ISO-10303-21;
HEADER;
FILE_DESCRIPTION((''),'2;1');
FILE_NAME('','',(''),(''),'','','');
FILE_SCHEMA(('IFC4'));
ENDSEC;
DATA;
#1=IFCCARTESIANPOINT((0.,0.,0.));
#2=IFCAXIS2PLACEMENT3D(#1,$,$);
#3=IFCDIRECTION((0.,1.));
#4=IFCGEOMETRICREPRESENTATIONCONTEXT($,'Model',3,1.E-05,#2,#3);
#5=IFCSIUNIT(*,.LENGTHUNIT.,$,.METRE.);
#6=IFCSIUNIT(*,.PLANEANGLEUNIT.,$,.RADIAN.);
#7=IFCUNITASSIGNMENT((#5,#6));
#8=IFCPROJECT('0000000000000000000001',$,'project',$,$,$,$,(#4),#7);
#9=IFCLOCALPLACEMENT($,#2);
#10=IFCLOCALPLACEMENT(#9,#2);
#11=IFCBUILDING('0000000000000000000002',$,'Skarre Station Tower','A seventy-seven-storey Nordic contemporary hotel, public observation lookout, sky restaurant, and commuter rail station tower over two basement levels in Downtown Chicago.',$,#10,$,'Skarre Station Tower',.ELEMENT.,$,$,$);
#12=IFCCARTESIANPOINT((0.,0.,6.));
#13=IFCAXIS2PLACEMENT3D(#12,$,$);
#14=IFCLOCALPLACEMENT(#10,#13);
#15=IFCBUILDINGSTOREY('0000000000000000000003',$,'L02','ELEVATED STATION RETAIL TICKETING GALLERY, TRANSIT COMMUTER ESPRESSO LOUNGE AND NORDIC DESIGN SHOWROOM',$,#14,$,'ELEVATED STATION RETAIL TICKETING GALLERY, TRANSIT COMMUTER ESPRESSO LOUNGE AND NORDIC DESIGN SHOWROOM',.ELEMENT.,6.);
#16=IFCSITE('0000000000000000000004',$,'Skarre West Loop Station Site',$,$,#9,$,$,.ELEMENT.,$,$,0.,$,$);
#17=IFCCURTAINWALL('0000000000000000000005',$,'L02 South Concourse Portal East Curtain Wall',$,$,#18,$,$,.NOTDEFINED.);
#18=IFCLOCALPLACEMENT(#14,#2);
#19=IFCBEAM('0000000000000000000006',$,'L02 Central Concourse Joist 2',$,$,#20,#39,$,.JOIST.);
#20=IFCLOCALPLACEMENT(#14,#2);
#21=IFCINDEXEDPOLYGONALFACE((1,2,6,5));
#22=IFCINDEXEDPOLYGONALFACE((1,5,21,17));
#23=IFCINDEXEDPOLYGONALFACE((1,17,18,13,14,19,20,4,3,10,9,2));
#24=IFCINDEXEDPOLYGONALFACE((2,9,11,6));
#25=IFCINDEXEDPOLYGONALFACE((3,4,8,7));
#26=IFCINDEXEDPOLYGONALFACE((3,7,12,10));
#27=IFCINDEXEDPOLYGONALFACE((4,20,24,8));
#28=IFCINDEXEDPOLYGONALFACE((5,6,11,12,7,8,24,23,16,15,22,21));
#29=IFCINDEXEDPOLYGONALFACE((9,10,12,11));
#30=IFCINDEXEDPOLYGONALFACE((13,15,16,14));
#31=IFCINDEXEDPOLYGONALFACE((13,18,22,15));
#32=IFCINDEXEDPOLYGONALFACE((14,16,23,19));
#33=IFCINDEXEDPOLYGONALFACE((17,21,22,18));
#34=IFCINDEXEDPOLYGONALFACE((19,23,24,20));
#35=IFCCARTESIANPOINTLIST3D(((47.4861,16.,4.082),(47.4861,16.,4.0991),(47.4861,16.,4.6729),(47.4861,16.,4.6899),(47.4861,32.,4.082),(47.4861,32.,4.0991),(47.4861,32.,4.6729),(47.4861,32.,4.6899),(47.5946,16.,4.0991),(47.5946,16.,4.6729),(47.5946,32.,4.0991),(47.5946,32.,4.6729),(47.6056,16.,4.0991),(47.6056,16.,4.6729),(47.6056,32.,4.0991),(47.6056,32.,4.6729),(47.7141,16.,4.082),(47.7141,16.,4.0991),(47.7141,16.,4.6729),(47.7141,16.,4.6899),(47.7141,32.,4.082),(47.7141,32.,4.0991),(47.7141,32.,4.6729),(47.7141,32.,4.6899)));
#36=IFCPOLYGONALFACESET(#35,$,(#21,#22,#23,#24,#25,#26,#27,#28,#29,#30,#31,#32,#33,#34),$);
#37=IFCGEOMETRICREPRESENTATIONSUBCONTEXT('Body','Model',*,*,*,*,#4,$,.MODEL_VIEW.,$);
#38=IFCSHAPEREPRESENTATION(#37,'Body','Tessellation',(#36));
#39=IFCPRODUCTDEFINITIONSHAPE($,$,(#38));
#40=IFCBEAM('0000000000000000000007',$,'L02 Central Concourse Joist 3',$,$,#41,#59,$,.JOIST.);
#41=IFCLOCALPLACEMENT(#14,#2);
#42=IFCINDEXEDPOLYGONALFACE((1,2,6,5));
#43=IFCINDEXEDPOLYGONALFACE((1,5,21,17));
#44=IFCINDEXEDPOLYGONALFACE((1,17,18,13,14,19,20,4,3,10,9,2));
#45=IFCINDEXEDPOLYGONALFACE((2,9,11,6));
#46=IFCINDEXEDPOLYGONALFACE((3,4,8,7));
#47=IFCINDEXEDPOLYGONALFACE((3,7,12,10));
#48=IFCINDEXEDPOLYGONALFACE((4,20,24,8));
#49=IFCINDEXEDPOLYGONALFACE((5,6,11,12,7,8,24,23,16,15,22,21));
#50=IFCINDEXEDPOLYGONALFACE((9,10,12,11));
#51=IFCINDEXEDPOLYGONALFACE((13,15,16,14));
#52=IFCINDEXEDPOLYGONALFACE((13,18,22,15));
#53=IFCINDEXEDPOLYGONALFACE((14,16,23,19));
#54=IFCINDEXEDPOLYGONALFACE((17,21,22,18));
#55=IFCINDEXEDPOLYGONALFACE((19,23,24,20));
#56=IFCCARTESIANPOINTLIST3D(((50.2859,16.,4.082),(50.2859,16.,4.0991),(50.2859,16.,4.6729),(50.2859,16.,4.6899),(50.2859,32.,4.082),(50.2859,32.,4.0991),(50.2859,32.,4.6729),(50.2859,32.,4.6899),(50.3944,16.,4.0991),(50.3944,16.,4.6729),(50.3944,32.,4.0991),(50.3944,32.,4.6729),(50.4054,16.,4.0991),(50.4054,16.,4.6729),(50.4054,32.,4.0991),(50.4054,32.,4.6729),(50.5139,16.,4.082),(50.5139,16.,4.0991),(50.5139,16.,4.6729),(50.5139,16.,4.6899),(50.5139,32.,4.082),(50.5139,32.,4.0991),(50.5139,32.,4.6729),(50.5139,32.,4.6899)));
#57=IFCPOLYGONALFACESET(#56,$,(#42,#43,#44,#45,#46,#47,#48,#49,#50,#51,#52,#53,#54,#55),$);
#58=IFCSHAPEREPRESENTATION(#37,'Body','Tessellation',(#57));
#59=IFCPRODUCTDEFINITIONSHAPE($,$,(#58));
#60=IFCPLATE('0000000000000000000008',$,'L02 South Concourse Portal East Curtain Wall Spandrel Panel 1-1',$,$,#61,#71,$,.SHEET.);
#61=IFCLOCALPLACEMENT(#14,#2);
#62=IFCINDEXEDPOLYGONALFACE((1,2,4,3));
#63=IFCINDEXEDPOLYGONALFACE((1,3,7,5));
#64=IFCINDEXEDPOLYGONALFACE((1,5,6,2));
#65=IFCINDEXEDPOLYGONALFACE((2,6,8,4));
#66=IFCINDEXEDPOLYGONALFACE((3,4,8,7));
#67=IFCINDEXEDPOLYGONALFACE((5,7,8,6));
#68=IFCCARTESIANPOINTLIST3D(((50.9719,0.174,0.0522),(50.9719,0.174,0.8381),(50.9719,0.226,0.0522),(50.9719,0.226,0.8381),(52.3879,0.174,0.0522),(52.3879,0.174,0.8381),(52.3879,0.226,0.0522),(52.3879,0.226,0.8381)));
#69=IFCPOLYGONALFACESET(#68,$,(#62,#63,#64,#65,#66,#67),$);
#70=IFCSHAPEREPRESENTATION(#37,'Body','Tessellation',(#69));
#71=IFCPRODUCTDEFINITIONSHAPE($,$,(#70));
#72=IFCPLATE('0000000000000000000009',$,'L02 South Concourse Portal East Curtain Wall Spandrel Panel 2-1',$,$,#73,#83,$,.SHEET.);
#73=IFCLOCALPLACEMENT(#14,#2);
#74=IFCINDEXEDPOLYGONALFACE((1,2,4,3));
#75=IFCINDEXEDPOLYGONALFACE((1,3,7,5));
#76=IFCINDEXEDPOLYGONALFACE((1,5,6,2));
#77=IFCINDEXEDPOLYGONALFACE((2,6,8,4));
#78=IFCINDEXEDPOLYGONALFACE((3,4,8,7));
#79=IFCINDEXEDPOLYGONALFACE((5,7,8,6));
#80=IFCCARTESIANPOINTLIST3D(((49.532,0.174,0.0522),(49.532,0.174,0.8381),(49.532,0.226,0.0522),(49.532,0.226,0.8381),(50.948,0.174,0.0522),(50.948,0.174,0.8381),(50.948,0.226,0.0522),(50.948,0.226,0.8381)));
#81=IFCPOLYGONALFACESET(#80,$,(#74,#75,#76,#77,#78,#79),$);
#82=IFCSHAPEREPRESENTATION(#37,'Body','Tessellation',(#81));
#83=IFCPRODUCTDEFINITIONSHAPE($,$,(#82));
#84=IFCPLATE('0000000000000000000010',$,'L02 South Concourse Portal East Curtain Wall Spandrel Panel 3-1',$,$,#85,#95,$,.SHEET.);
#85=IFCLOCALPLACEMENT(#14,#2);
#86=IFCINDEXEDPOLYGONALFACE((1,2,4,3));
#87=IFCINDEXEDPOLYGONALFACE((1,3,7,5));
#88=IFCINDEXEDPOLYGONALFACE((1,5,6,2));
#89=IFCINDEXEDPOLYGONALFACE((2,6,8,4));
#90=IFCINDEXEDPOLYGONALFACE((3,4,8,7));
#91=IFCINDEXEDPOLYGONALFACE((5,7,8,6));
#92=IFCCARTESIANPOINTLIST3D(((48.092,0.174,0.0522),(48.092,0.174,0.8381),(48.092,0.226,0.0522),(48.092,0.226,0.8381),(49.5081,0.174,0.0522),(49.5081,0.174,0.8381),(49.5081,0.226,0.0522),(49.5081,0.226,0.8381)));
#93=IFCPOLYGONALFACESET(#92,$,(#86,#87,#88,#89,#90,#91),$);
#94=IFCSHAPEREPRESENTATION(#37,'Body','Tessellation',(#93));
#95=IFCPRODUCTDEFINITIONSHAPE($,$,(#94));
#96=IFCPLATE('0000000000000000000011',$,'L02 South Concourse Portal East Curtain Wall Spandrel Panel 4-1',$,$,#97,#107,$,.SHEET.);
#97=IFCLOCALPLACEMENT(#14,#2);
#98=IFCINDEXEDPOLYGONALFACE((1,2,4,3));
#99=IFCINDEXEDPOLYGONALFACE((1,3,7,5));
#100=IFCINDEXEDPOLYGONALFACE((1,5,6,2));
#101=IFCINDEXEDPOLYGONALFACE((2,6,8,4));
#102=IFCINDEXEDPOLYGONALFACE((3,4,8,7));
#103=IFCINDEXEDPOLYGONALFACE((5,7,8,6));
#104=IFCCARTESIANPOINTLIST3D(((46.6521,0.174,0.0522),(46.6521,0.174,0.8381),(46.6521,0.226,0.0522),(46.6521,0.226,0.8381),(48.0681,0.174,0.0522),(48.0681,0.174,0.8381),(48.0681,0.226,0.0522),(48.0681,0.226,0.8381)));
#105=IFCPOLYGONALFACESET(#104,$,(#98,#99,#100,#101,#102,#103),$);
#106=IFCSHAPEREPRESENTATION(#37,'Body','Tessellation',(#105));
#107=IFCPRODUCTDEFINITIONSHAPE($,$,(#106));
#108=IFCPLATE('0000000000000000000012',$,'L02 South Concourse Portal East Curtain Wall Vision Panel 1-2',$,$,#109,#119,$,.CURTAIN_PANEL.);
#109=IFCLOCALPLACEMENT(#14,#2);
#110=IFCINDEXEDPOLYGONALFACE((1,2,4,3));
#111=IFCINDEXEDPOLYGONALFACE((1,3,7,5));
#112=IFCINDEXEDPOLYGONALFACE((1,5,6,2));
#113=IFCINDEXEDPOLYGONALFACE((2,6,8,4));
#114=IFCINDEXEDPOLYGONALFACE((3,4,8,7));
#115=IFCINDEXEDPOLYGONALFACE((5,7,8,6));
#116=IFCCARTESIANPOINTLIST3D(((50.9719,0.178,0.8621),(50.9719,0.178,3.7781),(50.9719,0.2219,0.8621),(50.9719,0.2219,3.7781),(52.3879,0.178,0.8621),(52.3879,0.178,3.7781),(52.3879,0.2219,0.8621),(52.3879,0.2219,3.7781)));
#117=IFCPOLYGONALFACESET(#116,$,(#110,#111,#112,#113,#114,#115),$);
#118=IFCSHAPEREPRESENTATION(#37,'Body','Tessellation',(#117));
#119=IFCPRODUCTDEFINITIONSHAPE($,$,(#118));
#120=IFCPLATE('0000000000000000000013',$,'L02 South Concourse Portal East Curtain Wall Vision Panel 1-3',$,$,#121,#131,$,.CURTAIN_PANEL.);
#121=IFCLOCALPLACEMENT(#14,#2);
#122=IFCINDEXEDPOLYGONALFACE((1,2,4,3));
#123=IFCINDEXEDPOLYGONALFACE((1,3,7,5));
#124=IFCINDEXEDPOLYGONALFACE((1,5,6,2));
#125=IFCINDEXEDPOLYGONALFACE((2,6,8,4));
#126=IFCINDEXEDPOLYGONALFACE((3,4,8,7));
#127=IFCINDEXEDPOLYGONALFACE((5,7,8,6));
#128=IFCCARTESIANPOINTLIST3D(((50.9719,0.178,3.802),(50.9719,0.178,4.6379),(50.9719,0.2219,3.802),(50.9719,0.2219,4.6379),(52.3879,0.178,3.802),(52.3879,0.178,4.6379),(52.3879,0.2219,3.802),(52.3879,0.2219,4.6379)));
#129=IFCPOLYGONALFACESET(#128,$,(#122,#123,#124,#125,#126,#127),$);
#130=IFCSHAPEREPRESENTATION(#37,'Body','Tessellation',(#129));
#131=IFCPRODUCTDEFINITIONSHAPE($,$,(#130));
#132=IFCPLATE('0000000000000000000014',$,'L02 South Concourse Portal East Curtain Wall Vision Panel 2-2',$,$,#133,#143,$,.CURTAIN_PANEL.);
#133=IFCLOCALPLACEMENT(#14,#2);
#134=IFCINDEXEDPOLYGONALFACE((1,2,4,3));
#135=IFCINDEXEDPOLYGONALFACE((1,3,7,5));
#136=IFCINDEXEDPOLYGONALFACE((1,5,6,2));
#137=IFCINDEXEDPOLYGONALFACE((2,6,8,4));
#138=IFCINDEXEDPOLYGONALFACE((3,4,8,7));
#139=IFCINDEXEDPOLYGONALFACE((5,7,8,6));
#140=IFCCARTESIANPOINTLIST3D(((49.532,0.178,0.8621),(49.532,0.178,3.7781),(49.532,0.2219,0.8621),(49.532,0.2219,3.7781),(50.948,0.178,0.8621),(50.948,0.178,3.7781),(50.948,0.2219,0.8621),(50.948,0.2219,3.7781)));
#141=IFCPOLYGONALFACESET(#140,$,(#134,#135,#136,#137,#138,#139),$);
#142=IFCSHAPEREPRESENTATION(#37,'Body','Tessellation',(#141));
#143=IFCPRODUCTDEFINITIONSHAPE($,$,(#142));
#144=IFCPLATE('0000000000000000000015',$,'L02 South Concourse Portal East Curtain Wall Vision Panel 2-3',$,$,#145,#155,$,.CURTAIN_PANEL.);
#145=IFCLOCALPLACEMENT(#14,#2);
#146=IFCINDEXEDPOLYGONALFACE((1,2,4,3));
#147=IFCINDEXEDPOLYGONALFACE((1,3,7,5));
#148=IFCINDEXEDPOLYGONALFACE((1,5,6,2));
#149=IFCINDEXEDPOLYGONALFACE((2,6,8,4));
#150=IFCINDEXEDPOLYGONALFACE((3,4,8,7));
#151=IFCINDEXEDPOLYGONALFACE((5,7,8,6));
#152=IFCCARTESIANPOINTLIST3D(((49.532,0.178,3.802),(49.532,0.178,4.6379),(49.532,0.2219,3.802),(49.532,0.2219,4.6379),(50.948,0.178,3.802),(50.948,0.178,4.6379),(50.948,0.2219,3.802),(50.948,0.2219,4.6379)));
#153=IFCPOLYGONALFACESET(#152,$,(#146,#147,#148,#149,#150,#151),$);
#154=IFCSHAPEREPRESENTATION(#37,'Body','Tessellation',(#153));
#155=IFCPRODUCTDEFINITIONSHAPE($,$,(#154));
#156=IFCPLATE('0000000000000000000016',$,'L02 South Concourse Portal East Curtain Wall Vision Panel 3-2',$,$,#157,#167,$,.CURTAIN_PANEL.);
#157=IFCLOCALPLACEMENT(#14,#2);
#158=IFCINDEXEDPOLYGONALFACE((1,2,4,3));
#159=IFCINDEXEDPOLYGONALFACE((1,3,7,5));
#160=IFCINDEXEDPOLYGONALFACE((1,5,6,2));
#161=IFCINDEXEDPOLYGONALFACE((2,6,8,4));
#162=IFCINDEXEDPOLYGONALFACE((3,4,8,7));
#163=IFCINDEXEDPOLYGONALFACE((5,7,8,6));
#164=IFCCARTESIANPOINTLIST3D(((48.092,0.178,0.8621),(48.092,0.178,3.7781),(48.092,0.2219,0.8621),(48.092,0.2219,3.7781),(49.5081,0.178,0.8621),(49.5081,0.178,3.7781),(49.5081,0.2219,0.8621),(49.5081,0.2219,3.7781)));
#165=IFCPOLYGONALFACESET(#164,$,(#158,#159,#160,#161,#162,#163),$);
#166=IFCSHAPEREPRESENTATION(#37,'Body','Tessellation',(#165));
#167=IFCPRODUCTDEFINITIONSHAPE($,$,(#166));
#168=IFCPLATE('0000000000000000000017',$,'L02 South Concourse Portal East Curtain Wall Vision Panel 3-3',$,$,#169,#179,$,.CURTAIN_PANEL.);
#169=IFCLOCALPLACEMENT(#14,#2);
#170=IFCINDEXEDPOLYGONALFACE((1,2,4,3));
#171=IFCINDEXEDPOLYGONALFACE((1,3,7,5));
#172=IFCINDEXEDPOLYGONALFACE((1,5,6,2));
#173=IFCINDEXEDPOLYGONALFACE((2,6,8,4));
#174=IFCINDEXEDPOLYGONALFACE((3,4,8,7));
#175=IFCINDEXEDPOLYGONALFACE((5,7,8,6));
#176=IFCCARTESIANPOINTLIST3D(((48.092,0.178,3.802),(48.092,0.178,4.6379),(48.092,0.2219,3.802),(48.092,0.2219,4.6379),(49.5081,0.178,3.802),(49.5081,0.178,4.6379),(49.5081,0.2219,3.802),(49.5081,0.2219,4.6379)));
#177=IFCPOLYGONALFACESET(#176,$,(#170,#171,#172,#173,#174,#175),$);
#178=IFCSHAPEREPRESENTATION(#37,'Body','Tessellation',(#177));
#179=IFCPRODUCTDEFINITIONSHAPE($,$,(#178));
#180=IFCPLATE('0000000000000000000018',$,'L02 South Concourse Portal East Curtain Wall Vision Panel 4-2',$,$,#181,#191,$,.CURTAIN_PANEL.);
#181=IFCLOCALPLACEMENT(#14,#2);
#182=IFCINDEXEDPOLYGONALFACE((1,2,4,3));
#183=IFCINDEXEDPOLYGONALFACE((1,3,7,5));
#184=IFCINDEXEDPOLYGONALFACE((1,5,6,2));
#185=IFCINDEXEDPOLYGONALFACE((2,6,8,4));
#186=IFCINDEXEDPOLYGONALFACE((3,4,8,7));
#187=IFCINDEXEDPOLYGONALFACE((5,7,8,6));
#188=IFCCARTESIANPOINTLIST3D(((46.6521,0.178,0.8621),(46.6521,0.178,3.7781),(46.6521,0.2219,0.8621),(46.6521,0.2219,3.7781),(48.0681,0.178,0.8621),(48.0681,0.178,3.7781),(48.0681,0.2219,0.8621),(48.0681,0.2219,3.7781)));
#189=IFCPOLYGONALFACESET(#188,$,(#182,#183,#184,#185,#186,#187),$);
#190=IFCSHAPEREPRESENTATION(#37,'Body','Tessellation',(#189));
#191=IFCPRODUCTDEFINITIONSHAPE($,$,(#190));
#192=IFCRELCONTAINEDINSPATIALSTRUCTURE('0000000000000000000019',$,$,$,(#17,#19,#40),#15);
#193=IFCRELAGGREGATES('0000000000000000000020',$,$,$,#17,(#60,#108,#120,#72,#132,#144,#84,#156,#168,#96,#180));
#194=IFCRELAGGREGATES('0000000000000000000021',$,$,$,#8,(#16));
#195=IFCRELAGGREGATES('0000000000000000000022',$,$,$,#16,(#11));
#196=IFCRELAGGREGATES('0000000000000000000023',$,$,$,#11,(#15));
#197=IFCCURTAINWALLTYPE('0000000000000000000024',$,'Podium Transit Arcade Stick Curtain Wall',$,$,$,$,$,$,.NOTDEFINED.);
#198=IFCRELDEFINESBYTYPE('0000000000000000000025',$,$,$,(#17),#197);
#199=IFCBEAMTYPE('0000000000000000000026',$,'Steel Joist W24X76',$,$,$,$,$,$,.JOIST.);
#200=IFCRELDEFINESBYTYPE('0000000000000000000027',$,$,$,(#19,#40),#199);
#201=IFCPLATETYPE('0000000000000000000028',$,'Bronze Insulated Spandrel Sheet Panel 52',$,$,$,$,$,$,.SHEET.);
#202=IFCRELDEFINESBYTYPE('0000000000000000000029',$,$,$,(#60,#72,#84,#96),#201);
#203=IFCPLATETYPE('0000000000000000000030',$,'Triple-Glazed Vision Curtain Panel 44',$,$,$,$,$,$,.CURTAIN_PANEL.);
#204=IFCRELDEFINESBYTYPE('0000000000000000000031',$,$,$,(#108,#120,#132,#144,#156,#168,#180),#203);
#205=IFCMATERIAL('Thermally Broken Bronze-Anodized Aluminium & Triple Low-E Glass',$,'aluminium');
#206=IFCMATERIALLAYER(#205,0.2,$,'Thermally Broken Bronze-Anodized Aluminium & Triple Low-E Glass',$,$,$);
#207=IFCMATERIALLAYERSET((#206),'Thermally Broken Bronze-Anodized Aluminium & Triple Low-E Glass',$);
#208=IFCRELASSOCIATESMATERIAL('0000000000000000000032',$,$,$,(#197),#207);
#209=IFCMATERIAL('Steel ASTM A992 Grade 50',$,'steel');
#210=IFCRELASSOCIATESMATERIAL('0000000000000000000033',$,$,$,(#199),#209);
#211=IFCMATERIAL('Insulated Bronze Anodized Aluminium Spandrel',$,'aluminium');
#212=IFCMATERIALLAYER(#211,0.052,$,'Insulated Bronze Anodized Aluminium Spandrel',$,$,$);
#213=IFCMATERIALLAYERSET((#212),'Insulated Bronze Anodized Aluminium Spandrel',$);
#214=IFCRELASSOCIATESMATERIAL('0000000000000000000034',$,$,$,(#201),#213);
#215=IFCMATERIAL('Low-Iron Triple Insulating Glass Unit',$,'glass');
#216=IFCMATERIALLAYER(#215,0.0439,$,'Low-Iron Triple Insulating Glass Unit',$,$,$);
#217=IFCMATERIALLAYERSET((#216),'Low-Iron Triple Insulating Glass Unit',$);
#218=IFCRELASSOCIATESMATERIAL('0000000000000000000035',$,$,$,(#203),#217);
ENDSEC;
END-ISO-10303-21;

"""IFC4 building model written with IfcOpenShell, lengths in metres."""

from ifc_helpers import new_model, si_unit, direction, frame, origin, origin_2d, place, context, subcontext, project, spatial, rectangle, i_section, extrude, material, layer, layer_set, material_profile, profile_set, type_object, element, aggregate, save


model = new_model("IFC4")

# Units and contexts
model_context = context("Model", 3, precision=1e-05, world=origin(), true_north=direction((0.0, 1.0)))
body_context = subcontext(model_context, "Body", "Model", "MODEL_VIEW")
ifc_project = project(units=[si_unit("LENGTHUNIT", "METRE"), si_unit("PLANEANGLEUNIT", "RADIAN")], contexts=[model_context])

# Site, building, storey
site_placement = place(None, origin())
site = spatial("IfcSite", under=ifc_project, at=site_placement, Name="Skarre West Loop Station Site", CompositionType="ELEMENT", RefElevation=0.0)
building_placement = place(site_placement, origin())
building = spatial("IfcBuilding", under=site, at=building_placement, Name="Skarre Station Tower", Description="A seventy-seven-storey Nordic contemporary hotel, public observation lookout, sky restaurant, and commuter rail station tower over two basement levels in Downtown Chicago.", LongName="Skarre Station Tower", CompositionType="ELEMENT")
storey_placement = place(building_placement, frame((0.0, 0.0, 6.0)))
storey = spatial("IfcBuildingStorey", under=building, at=storey_placement, Name="L02", Description="ELEVATED STATION RETAIL TICKETING GALLERY, TRANSIT COMMUTER ESPRESSO LOUNGE AND NORDIC DESIGN SHOWROOM", LongName="ELEVATED STATION RETAIL TICKETING GALLERY, TRANSIT COMMUTER ESPRESSO LOUNGE AND NORDIC DESIGN SHOWROOM", CompositionType="ELEMENT", Elevation=6.0)

# Curtain wall
ifc_material_1 = material(Name="Thermally Broken Bronze-Anodized Aluminium & Triple Low-E Glass", Category="aluminium")
ifc_layer_1 = layer(ifc_material_1, 0.2, Name="Thermally Broken Bronze-Anodized Aluminium & Triple Low-E Glass")
ifc_layer_set_1 = layer_set([ifc_layer_1], Name="Thermally Broken Bronze-Anodized Aluminium & Triple Low-E Glass")
curtain_wall_type = type_object("IfcCurtainWallType", Name="Podium Transit Arcade Stick Curtain Wall", PredefinedType="NOTDEFINED", material=ifc_layer_set_1)
curtain_wall_placement = place(storey_placement, origin())
curtain_wall = element("IfcCurtainWall", 1, at=curtain_wall_placement, inside=storey, type_object=curtain_wall_type, Name="L02 South Concourse Portal East Curtain Wall", PredefinedType="NOTDEFINED")

# Beams
ifc_material_2 = material(Name="Steel ASTM A992 Grade 50", Category="steel")
ifc_material_profile_1 = material_profile(ifc_material_2, i_section(OverallWidth=0.228, OverallDepth=0.6079, WebThickness=0.011, FlangeThickness=0.0171, at=origin_2d()), Name="Steel ASTM A992 Grade 50")
ifc_profile_set_1 = profile_set([ifc_material_profile_1], Name="Steel ASTM A992 Grade 50")
beam_type = type_object("IfcBeamType", Name="Steel Joist W24X76", PredefinedType="JOIST", material=ifc_profile_set_1)
for number, where, z_axis, x_axis, name in (
    (2, (47.6001, 16.0, 4.386), (0.0, 1.0, 0.0), (-1.0, 0.0, 0.0), "L02 Central Concourse Joist 2"),
    (3, (50.3999, 16.0, 4.386), (0.0, 1.0, 0.0), (-1.0, 0.0, 0.0), "L02 Central Concourse Joist 3"),
):
    element("IfcBeam", number, at=place(storey_placement, frame(where, z_axis=z_axis, x_axis=x_axis)), inside=storey, type_object=beam_type, Name=name, PredefinedType="JOIST", context=body_context, shape_type="SweptSolid", body=[
        extrude(i_section(OverallWidth=0.228, OverallDepth=0.6079, WebThickness=0.011, FlangeThickness=0.0171, at=origin_2d()), origin(), (0.0, 0.0, 1.0), 16.0),
    ])

# Plates
ifc_material_3 = material(Name="Insulated Bronze Anodized Aluminium Spandrel", Category="aluminium")
ifc_layer_2 = layer(ifc_material_3, 0.052, Name="Insulated Bronze Anodized Aluminium Spandrel")
ifc_layer_set_2 = layer_set([ifc_layer_2], Name="Insulated Bronze Anodized Aluminium Spandrel")
plate_type_1 = type_object("IfcPlateType", Name="Bronze Insulated Spandrel Sheet Panel 52", PredefinedType="SHEET", material=ifc_layer_set_2)
plate_1_placement = place(storey_placement, frame((51.6799, 0.2, 0.0522), z_axis=(0.0, 0.0, 1.0), x_axis=(-1.0, 0.0, 0.0)))
plate_1 = element("IfcPlate", 4, at=plate_1_placement, type_object=plate_type_1, Name="L02 South Concourse Portal East Curtain Wall Spandrel Panel 1-1", PredefinedType="SHEET", context=body_context, shape_type="SweptSolid", body=[
    extrude(rectangle(XDim=1.416, YDim=0.052, at=origin_2d()), origin(), (0.0, 0.0, 1.0), 0.7859),
])
plate_2_placement = place(storey_placement, frame((50.24, 0.2, 0.0522), z_axis=(0.0, 0.0, 1.0), x_axis=(-1.0, 0.0, 0.0)))
plate_2 = element("IfcPlate", 5, at=plate_2_placement, type_object=plate_type_1, Name="L02 South Concourse Portal East Curtain Wall Spandrel Panel 2-1", PredefinedType="SHEET", context=body_context, shape_type="SweptSolid", body=[
    extrude(rectangle(XDim=1.416, YDim=0.052, at=origin_2d()), origin(), (0.0, 0.0, 1.0), 0.7859),
])
plate_3_placement = place(storey_placement, frame((48.8, 0.2, 0.0522), z_axis=(0.0, 0.0, 1.0), x_axis=(-1.0, 0.0, 0.0)))
plate_3 = element("IfcPlate", 6, at=plate_3_placement, type_object=plate_type_1, Name="L02 South Concourse Portal East Curtain Wall Spandrel Panel 3-1", PredefinedType="SHEET", context=body_context, shape_type="SweptSolid", body=[
    extrude(rectangle(XDim=1.416, YDim=0.052, at=origin_2d()), origin(), (0.0, 0.0, 1.0), 0.7859),
])
plate_4_placement = place(storey_placement, frame((47.3601, 0.2, 0.0522), z_axis=(0.0, 0.0, 1.0), x_axis=(-1.0, 0.0, 0.0)))
plate_4 = element("IfcPlate", 7, at=plate_4_placement, type_object=plate_type_1, Name="L02 South Concourse Portal East Curtain Wall Spandrel Panel 4-1", PredefinedType="SHEET", context=body_context, shape_type="SweptSolid", body=[
    extrude(rectangle(XDim=1.416, YDim=0.052, at=origin_2d()), origin(), (0.0, 0.0, 1.0), 0.7859),
])
ifc_material_4 = material(Name="Low-Iron Triple Insulating Glass Unit", Category="glass")
ifc_layer_3 = layer(ifc_material_4, 0.0439, Name="Low-Iron Triple Insulating Glass Unit")
ifc_layer_set_3 = layer_set([ifc_layer_3], Name="Low-Iron Triple Insulating Glass Unit")
plate_type_2 = type_object("IfcPlateType", Name="Triple-Glazed Vision Curtain Panel 44", PredefinedType="CURTAIN_PANEL", material=ifc_layer_set_3)
plate_5_placement = place(storey_placement, frame((51.6799, 0.2, 0.8621), z_axis=(0.0, 0.0, 1.0), x_axis=(-1.0, 0.0, 0.0)))
plate_5 = element("IfcPlate", 8, at=plate_5_placement, type_object=plate_type_2, Name="L02 South Concourse Portal East Curtain Wall Vision Panel 1-2", PredefinedType="CURTAIN_PANEL", context=body_context, shape_type="SweptSolid", body=[
    extrude(rectangle(XDim=1.416, YDim=0.0439, at=origin_2d()), origin(), (0.0, 0.0, 1.0), 2.916),
])
plate_6_placement = place(storey_placement, frame((51.6799, 0.2, 3.802), z_axis=(0.0, 0.0, 1.0), x_axis=(-1.0, 0.0, 0.0)))
plate_6 = element("IfcPlate", 9, at=plate_6_placement, type_object=plate_type_2, Name="L02 South Concourse Portal East Curtain Wall Vision Panel 1-3", PredefinedType="CURTAIN_PANEL", context=body_context, shape_type="SweptSolid", body=[
    extrude(rectangle(XDim=1.416, YDim=0.0439, at=origin_2d()), origin(), (0.0, 0.0, 1.0), 0.8359),
])
plate_7_placement = place(storey_placement, frame((50.24, 0.2, 0.8621), z_axis=(0.0, 0.0, 1.0), x_axis=(-1.0, 0.0, 0.0)))
plate_7 = element("IfcPlate", 10, at=plate_7_placement, type_object=plate_type_2, Name="L02 South Concourse Portal East Curtain Wall Vision Panel 2-2", PredefinedType="CURTAIN_PANEL", context=body_context, shape_type="SweptSolid", body=[
    extrude(rectangle(XDim=1.416, YDim=0.0439, at=origin_2d()), origin(), (0.0, 0.0, 1.0), 2.916),
])
plate_8_placement = place(storey_placement, frame((50.24, 0.2, 3.802), z_axis=(0.0, 0.0, 1.0), x_axis=(-1.0, 0.0, 0.0)))
plate_8 = element("IfcPlate", 11, at=plate_8_placement, type_object=plate_type_2, Name="L02 South Concourse Portal East Curtain Wall Vision Panel 2-3", PredefinedType="CURTAIN_PANEL", context=body_context, shape_type="SweptSolid", body=[
    extrude(rectangle(XDim=1.416, YDim=0.0439, at=origin_2d()), origin(), (0.0, 0.0, 1.0), 0.8359),
])
plate_9_placement = place(storey_placement, frame((48.8, 0.2, 0.8621), z_axis=(0.0, 0.0, 1.0), x_axis=(-1.0, 0.0, 0.0)))
plate_9 = element("IfcPlate", 12, at=plate_9_placement, type_object=plate_type_2, Name="L02 South Concourse Portal East Curtain Wall Vision Panel 3-2", PredefinedType="CURTAIN_PANEL", context=body_context, shape_type="SweptSolid", body=[
    extrude(rectangle(XDim=1.416, YDim=0.0439, at=origin_2d()), origin(), (0.0, 0.0, 1.0), 2.916),
])
plate_10_placement = place(storey_placement, frame((48.8, 0.2, 3.802), z_axis=(0.0, 0.0, 1.0), x_axis=(-1.0, 0.0, 0.0)))
plate_10 = element("IfcPlate", 13, at=plate_10_placement, type_object=plate_type_2, Name="L02 South Concourse Portal East Curtain Wall Vision Panel 3-3", PredefinedType="CURTAIN_PANEL", context=body_context, shape_type="SweptSolid", body=[
    extrude(rectangle(XDim=1.416, YDim=0.0439, at=origin_2d()), origin(), (0.0, 0.0, 1.0), 0.8359),
])
plate_11_placement = place(storey_placement, frame((47.3601, 0.2, 0.8621), z_axis=(0.0, 0.0, 1.0), x_axis=(-1.0, 0.0, 0.0)))
plate_11 = element("IfcPlate", 14, at=plate_11_placement, type_object=plate_type_2, Name="L02 South Concourse Portal East Curtain Wall Vision Panel 4-2", PredefinedType="CURTAIN_PANEL", context=body_context, shape_type="SweptSolid", body=[
    extrude(rectangle(XDim=1.416, YDim=0.0439, at=origin_2d()), origin(), (0.0, 0.0, 1.0), 2.916),
])
aggregate(curtain_wall, [plate_1, plate_5, plate_6, plate_2, plate_7, plate_8, plate_3, plate_9, plate_10, plate_4, plate_11])

save(model, "model.ifc")
